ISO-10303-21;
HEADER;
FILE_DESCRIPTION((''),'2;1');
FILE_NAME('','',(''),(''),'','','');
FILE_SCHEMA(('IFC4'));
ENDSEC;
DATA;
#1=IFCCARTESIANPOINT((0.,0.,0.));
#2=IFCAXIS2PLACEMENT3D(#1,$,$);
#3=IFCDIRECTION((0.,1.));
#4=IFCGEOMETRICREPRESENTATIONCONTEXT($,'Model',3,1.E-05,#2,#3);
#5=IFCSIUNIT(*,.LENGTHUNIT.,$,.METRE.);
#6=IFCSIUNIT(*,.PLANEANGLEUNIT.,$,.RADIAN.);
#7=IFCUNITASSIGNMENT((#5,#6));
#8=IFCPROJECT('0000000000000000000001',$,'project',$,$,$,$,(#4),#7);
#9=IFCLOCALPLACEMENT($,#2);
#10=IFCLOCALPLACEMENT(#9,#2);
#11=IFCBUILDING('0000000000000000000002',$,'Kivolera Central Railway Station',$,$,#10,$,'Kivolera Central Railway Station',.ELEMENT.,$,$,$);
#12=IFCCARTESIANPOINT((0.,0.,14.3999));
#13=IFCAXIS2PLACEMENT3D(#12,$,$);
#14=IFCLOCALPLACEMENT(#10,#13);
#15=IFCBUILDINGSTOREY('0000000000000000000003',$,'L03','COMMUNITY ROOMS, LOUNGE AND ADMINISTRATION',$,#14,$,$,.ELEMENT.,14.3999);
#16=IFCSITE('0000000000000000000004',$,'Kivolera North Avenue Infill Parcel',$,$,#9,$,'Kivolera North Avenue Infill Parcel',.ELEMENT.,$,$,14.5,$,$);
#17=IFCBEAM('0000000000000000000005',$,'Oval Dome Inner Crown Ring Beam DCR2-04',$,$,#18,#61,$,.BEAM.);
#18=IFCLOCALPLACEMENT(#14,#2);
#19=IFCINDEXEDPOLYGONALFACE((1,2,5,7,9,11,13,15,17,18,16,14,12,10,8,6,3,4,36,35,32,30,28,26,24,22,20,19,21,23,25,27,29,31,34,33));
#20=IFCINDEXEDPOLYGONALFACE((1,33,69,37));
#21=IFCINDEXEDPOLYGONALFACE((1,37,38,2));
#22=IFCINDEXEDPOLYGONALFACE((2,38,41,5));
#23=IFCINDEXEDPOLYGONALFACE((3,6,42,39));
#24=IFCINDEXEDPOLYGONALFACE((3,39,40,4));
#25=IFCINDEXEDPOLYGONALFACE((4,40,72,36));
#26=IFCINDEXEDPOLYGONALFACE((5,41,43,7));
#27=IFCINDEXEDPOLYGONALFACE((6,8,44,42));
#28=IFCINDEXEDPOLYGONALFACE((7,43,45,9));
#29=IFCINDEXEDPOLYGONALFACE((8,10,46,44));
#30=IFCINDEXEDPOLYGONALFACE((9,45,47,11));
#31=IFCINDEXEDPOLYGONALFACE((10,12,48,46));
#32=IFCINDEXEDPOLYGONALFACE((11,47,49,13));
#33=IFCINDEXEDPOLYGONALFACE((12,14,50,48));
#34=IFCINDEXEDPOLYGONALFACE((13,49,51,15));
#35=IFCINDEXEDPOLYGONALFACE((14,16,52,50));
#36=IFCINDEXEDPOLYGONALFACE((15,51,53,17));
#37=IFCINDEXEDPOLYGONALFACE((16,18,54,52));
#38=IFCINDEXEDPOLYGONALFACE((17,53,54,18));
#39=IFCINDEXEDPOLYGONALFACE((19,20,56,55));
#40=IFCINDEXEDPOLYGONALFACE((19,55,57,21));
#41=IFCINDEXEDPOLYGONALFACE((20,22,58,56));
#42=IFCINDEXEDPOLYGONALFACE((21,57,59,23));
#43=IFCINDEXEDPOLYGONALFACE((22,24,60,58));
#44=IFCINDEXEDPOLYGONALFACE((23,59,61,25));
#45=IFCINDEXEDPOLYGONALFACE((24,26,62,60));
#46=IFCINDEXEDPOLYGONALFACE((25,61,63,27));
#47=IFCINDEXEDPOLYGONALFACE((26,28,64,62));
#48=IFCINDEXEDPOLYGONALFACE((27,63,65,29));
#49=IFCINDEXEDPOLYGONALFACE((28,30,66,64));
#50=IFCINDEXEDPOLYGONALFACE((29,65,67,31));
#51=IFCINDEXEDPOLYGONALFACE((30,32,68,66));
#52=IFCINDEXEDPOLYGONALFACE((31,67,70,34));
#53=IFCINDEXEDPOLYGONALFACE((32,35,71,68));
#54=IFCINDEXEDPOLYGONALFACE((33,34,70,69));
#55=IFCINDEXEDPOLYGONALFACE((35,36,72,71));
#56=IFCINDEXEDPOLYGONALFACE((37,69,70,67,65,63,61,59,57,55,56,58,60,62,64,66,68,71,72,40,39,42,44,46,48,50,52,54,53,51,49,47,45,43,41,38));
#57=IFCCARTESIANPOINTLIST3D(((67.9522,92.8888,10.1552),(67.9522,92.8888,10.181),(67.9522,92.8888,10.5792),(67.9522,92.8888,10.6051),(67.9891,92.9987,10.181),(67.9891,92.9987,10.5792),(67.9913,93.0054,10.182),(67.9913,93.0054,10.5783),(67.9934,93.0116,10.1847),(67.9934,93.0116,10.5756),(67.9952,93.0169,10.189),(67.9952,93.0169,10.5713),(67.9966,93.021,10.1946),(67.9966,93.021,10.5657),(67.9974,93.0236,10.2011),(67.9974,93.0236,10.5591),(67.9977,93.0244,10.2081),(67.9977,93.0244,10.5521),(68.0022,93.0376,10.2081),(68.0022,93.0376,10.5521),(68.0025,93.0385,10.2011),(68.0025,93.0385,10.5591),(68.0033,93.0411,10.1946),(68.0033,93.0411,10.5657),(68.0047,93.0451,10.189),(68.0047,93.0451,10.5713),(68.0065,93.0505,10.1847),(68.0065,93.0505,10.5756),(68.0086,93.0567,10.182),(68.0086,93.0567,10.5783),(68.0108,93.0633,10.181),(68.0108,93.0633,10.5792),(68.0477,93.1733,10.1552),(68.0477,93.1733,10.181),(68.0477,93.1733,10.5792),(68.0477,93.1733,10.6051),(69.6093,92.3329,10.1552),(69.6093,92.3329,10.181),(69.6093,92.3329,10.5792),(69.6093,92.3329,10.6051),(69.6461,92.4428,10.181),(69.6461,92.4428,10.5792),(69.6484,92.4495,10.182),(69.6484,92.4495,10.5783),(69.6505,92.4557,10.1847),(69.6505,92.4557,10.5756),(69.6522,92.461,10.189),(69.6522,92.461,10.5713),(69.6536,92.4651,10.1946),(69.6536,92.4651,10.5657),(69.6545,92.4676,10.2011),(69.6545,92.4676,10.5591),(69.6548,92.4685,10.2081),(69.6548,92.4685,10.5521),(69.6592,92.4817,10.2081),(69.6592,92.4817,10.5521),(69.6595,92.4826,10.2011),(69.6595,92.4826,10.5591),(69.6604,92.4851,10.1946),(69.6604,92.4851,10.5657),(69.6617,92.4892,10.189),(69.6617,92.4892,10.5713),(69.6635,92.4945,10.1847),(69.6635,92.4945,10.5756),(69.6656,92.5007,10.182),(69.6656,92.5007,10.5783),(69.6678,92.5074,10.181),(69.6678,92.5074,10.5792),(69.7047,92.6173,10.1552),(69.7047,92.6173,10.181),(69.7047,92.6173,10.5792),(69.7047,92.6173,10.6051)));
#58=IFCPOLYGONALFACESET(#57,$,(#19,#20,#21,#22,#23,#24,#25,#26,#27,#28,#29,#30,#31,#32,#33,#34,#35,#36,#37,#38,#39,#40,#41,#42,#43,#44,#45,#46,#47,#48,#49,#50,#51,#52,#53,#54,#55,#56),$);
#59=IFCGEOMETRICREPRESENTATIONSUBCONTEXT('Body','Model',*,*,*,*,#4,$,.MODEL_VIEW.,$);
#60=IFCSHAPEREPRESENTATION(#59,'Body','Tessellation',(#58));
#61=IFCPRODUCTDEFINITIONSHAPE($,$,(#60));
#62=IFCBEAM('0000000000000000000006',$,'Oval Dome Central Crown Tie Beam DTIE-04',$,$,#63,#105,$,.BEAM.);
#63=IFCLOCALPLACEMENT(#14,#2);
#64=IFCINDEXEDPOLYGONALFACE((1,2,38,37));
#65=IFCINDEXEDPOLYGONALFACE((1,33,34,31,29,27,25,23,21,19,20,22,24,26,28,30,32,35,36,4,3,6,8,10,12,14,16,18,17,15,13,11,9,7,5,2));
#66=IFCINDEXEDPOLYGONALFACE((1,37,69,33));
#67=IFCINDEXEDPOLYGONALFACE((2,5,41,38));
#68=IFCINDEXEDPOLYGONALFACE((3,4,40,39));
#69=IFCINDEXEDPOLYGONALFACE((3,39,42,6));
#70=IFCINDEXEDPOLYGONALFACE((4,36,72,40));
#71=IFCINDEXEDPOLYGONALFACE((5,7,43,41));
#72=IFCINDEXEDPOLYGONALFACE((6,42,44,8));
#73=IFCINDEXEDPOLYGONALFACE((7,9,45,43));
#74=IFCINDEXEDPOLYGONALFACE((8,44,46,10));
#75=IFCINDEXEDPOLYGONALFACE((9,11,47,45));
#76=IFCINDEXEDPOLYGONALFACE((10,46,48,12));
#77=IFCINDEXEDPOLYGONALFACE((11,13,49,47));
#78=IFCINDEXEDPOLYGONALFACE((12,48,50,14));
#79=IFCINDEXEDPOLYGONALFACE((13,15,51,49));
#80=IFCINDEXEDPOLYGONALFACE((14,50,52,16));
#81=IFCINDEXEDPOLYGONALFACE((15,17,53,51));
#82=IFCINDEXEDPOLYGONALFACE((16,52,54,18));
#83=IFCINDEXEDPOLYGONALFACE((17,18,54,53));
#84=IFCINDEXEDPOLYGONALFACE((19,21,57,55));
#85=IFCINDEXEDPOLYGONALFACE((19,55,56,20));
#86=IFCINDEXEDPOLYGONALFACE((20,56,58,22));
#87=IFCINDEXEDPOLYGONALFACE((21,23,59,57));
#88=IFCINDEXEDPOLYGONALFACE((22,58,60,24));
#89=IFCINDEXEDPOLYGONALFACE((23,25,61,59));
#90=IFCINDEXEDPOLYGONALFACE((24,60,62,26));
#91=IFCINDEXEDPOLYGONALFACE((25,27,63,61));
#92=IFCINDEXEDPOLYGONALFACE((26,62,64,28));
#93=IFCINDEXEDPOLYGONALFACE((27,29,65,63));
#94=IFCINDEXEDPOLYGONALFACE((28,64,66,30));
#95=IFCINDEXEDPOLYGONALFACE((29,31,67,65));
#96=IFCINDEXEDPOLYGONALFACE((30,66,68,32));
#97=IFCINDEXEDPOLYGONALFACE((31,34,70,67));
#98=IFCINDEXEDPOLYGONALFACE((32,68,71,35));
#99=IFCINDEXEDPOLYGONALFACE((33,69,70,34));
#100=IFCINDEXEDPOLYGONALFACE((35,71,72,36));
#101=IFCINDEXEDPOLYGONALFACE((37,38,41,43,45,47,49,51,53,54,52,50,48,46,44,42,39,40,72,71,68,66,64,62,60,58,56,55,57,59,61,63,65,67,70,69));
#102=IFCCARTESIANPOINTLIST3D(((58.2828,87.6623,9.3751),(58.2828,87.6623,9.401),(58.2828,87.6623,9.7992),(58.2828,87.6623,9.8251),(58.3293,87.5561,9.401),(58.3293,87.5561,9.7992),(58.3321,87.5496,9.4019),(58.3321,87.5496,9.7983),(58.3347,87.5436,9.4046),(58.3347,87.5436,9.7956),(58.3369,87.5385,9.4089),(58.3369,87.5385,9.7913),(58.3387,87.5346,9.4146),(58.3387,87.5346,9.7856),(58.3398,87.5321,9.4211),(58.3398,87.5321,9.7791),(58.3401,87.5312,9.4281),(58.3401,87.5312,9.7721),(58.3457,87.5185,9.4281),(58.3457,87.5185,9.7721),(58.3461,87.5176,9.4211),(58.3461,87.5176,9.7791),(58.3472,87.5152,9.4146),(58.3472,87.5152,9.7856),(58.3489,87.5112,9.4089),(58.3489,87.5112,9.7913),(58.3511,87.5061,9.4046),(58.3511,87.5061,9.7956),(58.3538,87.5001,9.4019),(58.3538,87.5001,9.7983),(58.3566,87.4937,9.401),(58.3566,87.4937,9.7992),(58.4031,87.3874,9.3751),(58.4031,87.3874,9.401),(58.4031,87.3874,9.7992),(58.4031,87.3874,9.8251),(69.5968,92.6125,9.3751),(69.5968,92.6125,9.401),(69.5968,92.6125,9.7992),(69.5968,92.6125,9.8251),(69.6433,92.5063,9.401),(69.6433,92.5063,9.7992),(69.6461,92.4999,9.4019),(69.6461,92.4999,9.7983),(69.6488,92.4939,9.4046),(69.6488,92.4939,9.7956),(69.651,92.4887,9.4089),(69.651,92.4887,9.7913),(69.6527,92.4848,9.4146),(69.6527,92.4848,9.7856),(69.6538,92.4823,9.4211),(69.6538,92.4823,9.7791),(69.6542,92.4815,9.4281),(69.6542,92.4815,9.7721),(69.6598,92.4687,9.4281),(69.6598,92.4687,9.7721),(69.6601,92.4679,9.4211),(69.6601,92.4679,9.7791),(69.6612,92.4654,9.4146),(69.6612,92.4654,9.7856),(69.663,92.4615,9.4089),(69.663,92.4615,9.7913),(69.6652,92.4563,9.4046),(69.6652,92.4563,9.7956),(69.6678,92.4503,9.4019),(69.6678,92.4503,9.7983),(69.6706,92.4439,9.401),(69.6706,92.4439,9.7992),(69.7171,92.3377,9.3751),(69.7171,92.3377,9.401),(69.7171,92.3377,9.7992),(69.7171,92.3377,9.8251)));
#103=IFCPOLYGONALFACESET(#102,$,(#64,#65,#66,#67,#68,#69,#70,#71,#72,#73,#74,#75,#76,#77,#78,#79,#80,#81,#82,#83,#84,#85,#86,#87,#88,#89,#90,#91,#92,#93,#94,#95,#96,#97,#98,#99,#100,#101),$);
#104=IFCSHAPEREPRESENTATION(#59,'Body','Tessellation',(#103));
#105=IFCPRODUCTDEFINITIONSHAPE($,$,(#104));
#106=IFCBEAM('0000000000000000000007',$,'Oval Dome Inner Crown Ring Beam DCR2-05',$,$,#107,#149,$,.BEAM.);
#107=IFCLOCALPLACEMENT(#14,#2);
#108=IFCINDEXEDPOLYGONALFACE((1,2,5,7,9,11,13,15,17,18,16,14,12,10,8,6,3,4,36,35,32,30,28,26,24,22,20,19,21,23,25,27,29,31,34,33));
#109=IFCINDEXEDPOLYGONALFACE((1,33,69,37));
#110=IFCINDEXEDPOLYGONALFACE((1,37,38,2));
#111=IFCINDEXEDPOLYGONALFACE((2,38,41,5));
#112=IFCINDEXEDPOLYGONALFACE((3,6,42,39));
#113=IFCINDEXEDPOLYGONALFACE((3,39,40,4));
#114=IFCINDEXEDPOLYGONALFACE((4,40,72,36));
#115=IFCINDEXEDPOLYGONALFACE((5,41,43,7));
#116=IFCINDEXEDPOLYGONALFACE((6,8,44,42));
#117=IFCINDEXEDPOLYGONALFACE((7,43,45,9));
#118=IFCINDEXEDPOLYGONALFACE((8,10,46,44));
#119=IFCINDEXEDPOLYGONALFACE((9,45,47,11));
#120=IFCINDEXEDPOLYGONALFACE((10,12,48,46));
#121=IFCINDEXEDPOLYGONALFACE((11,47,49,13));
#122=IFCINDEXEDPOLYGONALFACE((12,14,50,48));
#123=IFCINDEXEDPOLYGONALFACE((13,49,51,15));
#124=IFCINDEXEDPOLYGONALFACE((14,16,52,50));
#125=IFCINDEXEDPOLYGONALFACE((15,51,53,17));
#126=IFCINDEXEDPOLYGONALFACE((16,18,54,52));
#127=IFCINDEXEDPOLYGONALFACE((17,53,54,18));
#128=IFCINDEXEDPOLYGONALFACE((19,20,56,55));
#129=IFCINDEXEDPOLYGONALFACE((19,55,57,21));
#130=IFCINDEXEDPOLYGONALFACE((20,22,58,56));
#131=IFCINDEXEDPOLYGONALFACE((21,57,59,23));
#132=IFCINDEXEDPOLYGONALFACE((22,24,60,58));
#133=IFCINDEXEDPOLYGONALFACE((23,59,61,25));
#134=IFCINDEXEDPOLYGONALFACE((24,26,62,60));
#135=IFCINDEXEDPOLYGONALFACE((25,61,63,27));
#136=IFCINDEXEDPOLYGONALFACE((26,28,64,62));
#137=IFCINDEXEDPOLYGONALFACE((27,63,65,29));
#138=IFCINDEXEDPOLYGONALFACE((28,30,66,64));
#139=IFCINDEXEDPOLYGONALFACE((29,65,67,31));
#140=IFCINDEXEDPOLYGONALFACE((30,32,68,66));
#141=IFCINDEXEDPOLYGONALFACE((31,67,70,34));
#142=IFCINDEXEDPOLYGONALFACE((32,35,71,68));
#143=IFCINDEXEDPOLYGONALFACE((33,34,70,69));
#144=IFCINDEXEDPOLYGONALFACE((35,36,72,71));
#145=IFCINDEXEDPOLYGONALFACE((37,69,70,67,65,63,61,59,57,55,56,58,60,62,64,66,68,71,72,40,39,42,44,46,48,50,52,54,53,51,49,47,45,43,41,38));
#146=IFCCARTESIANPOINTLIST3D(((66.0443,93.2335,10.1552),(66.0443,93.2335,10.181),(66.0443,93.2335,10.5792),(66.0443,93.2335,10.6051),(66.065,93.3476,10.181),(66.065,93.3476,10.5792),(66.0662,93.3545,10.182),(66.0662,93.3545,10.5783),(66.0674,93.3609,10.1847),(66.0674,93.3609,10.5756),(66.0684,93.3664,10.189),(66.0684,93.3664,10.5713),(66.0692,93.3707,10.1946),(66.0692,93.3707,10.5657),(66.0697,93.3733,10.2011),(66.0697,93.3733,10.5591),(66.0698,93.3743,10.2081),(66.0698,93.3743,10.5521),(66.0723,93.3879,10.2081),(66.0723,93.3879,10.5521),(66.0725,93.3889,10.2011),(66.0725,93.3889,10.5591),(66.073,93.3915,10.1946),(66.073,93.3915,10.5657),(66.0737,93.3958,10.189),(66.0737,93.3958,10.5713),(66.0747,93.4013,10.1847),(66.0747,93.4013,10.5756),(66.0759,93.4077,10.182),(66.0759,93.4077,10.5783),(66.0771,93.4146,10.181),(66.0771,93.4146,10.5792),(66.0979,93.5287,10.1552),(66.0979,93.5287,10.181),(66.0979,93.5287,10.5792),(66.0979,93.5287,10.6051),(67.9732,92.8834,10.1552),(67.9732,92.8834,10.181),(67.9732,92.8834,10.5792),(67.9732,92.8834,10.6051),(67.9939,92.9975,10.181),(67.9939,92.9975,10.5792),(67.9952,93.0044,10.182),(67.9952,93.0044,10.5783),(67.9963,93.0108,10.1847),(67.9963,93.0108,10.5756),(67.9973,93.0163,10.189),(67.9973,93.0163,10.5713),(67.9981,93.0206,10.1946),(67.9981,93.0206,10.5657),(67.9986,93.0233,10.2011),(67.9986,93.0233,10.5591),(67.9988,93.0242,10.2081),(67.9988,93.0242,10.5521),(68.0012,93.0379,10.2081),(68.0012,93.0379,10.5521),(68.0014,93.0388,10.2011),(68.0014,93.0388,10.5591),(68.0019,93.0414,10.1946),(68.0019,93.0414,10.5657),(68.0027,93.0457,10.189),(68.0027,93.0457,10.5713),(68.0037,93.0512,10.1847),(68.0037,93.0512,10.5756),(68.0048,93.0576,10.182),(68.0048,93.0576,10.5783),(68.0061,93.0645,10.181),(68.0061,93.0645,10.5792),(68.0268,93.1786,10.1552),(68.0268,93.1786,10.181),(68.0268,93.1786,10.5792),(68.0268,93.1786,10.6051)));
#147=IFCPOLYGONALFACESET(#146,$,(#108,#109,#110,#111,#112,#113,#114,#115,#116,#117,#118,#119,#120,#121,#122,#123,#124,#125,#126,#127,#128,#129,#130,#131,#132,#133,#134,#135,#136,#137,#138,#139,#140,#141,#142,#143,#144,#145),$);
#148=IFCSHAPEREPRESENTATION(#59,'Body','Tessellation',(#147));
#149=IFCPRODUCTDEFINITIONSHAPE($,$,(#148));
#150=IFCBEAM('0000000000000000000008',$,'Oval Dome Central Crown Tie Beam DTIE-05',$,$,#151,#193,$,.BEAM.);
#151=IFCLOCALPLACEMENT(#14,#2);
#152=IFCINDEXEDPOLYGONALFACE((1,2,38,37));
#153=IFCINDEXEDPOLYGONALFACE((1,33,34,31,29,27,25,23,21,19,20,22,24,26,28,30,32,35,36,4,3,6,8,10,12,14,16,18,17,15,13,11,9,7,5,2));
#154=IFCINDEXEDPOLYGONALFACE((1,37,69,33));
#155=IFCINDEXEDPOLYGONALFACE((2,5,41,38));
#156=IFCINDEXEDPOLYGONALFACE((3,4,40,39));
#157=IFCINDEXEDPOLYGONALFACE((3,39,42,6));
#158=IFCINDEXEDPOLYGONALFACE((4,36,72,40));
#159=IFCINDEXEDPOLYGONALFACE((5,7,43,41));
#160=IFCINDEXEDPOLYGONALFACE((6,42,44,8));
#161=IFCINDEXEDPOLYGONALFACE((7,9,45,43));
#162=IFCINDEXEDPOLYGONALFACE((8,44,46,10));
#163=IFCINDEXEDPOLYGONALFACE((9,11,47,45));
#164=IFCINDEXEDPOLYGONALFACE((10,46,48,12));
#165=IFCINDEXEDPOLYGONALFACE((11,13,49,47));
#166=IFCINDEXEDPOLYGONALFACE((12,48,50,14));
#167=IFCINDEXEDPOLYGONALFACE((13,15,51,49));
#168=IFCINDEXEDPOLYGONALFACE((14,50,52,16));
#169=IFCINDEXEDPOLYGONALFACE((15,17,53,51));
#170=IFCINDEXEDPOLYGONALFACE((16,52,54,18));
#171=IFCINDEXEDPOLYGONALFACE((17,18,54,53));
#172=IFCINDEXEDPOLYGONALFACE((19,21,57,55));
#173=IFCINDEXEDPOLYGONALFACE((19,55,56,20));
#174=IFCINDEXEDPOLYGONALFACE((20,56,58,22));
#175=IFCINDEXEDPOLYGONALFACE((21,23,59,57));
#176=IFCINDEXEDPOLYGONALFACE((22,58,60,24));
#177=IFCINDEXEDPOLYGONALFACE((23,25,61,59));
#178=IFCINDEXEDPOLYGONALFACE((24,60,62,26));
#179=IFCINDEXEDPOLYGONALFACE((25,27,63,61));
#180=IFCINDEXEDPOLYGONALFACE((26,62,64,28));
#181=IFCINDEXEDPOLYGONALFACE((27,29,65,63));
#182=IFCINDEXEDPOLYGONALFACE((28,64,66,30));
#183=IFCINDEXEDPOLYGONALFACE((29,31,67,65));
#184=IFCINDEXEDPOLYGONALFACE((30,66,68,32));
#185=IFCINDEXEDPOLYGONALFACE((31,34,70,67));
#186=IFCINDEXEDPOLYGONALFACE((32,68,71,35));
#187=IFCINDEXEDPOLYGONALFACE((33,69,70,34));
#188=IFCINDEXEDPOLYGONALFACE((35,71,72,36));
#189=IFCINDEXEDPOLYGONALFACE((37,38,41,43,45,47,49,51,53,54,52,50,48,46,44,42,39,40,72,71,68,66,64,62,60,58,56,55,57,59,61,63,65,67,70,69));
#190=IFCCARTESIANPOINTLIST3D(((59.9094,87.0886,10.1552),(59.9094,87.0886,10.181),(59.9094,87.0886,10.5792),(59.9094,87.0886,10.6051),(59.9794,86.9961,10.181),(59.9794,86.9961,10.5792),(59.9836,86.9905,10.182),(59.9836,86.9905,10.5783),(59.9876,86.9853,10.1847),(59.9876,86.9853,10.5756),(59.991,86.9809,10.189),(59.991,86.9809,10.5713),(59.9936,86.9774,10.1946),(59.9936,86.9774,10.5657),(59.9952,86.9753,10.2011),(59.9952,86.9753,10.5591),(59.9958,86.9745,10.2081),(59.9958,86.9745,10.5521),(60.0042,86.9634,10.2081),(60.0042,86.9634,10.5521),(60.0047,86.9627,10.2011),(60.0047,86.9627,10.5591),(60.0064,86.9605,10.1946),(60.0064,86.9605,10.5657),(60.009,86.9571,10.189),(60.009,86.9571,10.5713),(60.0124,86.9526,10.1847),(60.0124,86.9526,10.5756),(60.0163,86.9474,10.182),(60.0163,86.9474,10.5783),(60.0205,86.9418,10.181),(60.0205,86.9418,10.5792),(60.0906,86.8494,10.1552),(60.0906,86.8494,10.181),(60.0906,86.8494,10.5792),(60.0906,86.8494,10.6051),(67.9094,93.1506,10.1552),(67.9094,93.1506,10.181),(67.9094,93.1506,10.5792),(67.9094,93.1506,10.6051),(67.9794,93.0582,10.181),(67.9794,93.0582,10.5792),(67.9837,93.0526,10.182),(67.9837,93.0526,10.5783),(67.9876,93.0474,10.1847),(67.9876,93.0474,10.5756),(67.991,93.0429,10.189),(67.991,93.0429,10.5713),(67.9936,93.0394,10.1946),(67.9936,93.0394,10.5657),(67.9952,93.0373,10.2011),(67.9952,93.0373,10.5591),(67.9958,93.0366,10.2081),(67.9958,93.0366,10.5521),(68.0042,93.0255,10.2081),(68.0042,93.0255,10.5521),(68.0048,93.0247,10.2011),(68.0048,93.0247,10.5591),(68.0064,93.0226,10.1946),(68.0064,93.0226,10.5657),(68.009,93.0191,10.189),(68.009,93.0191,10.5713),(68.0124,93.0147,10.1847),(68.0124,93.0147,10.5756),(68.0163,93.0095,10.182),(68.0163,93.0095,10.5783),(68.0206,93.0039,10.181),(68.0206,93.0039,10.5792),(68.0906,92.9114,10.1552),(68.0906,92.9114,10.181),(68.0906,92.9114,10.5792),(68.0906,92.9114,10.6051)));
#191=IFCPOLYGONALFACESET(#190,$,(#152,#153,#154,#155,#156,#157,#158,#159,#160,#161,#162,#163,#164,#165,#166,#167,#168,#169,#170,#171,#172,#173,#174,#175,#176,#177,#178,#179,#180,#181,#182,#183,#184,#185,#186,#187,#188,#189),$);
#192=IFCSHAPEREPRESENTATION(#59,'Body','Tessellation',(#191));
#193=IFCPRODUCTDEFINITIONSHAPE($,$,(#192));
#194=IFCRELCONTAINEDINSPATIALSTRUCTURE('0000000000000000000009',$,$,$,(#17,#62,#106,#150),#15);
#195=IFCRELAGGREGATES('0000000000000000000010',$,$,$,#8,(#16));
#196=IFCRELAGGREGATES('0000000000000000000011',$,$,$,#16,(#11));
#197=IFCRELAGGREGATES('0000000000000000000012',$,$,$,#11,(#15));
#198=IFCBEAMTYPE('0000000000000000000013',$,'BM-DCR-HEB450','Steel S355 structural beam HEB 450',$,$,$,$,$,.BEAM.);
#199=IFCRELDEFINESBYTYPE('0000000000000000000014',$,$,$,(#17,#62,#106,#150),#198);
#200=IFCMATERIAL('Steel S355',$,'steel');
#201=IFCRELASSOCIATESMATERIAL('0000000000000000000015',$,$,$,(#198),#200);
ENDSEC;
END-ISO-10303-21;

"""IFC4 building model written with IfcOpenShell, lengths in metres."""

from ifc_helpers import new_model, si_unit, direction, frame, origin, origin_2d, place, context, subcontext, project, spatial, i_section, extrude, material, material_profile, profile_set, type_object, element, save


model = new_model("IFC4")

# Units and contexts
model_context = context("Model", 3, precision=1e-05, world=origin(), true_north=direction((0.0, 1.0)))
body_context = subcontext(model_context, "Body", "Model", "MODEL_VIEW")
ifc_project = project(units=[si_unit("LENGTHUNIT", "METRE"), si_unit("PLANEANGLEUNIT", "RADIAN")], contexts=[model_context])

# Site, building, storey
site_placement = place(None, origin())
site = spatial("IfcSite", under=ifc_project, at=site_placement, Name="Kivolera North Avenue Infill Parcel", LongName="Kivolera North Avenue Infill Parcel", CompositionType="ELEMENT", RefElevation=14.5)
building_placement = place(site_placement, origin())
building = spatial("IfcBuilding", under=site, at=building_placement, Name="Kivolera Central Railway Station", LongName="Kivolera Central Railway Station", CompositionType="ELEMENT")
storey_placement = place(building_placement, frame((0.0, 0.0, 14.3999)))
storey = spatial("IfcBuildingStorey", under=building, at=storey_placement, Name="L03", Description="COMMUNITY ROOMS, LOUNGE AND ADMINISTRATION", CompositionType="ELEMENT", Elevation=14.3999)

# Beams
ifc_material_1 = material(Name="Steel S355", Category="steel")
ifc_material_profile_1 = material_profile(ifc_material_1, i_section(OverallWidth=0.3, OverallDepth=0.45, WebThickness=0.0139, FlangeThickness=0.0259, FilletRadius=0.0271, at=origin_2d()), Name="HEB 450")
ifc_profile_set_1 = profile_set([ifc_material_profile_1], Name="Steel S355")
beam_type = type_object("IfcBeamType", Name="BM-DCR-HEB450", Description="Steel S355 structural beam HEB 450", PredefinedType="BEAM", material=ifc_profile_set_1)
beam_1_placement = place(storey_placement, frame((69.657, 92.4751, 10.3801), z_axis=(-0.948067, 0.318071, 0.0), x_axis=(-0.318071, -0.948067, 0.0)))
element("IfcBeam", 1, at=beam_1_placement, inside=storey, type_object=beam_type, Name="Oval Dome Inner Crown Ring Beam DCR2-04", PredefinedType="BEAM", context=body_context, shape_type="SweptSolid", body=[
    extrude(i_section(OverallWidth=0.3, OverallDepth=0.45, WebThickness=0.0139, FlangeThickness=0.0259, FilletRadius=0.0271, at=origin_2d()), origin(), (0.0, 0.0, 1.0), 1.7478),
])
beam_2_placement = place(storey_placement, frame((69.657, 92.4751, 9.6001), z_axis=(-0.916147, -0.400842, 0.0), x_axis=(0.400842, -0.916147, 0.0)))
element("IfcBeam", 2, at=beam_2_placement, inside=storey, type_object=beam_type, Name="Oval Dome Central Crown Tie Beam DTIE-04", PredefinedType="BEAM", context=body_context, shape_type="SweptSolid", body=[
    extrude(i_section(OverallWidth=0.3, OverallDepth=0.45, WebThickness=0.0139, FlangeThickness=0.0259, FilletRadius=0.0271, at=origin_2d()), origin(), (0.0, 0.0, 1.0), 12.3496),
])
beam_3_placement = place(storey_placement, frame((68.0, 93.031, 10.3801), z_axis=(-0.983926, 0.178579, 0.0), x_axis=(-0.178579, -0.983926, 0.0)))
element("IfcBeam", 3, at=beam_3_placement, inside=storey, type_object=beam_type, Name="Oval Dome Inner Crown Ring Beam DCR2-05", PredefinedType="BEAM", context=body_context, shape_type="SweptSolid", body=[
    extrude(i_section(OverallWidth=0.3, OverallDepth=0.45, WebThickness=0.0139, FlangeThickness=0.0259, FilletRadius=0.0271, at=origin_2d()), origin(), (0.0, 0.0, 1.0), 1.9604),
])
beam_4_placement = place(storey_placement, frame((68.0, 93.031, 10.3801), z_axis=(-0.797025, -0.603947, 0.0), x_axis=(0.603947, -0.797025, 0.0)))
element("IfcBeam", 4, at=beam_4_placement, inside=storey, type_object=beam_type, Name="Oval Dome Central Crown Tie Beam DTIE-05", PredefinedType="BEAM", context=body_context, shape_type="SweptSolid", body=[
    extrude(i_section(OverallWidth=0.3, OverallDepth=0.45, WebThickness=0.0139, FlangeThickness=0.0259, FilletRadius=0.0271, at=origin_2d()), origin(), (0.0, 0.0, 1.0), 10.0374),
])

save(model, "model.ifc")
